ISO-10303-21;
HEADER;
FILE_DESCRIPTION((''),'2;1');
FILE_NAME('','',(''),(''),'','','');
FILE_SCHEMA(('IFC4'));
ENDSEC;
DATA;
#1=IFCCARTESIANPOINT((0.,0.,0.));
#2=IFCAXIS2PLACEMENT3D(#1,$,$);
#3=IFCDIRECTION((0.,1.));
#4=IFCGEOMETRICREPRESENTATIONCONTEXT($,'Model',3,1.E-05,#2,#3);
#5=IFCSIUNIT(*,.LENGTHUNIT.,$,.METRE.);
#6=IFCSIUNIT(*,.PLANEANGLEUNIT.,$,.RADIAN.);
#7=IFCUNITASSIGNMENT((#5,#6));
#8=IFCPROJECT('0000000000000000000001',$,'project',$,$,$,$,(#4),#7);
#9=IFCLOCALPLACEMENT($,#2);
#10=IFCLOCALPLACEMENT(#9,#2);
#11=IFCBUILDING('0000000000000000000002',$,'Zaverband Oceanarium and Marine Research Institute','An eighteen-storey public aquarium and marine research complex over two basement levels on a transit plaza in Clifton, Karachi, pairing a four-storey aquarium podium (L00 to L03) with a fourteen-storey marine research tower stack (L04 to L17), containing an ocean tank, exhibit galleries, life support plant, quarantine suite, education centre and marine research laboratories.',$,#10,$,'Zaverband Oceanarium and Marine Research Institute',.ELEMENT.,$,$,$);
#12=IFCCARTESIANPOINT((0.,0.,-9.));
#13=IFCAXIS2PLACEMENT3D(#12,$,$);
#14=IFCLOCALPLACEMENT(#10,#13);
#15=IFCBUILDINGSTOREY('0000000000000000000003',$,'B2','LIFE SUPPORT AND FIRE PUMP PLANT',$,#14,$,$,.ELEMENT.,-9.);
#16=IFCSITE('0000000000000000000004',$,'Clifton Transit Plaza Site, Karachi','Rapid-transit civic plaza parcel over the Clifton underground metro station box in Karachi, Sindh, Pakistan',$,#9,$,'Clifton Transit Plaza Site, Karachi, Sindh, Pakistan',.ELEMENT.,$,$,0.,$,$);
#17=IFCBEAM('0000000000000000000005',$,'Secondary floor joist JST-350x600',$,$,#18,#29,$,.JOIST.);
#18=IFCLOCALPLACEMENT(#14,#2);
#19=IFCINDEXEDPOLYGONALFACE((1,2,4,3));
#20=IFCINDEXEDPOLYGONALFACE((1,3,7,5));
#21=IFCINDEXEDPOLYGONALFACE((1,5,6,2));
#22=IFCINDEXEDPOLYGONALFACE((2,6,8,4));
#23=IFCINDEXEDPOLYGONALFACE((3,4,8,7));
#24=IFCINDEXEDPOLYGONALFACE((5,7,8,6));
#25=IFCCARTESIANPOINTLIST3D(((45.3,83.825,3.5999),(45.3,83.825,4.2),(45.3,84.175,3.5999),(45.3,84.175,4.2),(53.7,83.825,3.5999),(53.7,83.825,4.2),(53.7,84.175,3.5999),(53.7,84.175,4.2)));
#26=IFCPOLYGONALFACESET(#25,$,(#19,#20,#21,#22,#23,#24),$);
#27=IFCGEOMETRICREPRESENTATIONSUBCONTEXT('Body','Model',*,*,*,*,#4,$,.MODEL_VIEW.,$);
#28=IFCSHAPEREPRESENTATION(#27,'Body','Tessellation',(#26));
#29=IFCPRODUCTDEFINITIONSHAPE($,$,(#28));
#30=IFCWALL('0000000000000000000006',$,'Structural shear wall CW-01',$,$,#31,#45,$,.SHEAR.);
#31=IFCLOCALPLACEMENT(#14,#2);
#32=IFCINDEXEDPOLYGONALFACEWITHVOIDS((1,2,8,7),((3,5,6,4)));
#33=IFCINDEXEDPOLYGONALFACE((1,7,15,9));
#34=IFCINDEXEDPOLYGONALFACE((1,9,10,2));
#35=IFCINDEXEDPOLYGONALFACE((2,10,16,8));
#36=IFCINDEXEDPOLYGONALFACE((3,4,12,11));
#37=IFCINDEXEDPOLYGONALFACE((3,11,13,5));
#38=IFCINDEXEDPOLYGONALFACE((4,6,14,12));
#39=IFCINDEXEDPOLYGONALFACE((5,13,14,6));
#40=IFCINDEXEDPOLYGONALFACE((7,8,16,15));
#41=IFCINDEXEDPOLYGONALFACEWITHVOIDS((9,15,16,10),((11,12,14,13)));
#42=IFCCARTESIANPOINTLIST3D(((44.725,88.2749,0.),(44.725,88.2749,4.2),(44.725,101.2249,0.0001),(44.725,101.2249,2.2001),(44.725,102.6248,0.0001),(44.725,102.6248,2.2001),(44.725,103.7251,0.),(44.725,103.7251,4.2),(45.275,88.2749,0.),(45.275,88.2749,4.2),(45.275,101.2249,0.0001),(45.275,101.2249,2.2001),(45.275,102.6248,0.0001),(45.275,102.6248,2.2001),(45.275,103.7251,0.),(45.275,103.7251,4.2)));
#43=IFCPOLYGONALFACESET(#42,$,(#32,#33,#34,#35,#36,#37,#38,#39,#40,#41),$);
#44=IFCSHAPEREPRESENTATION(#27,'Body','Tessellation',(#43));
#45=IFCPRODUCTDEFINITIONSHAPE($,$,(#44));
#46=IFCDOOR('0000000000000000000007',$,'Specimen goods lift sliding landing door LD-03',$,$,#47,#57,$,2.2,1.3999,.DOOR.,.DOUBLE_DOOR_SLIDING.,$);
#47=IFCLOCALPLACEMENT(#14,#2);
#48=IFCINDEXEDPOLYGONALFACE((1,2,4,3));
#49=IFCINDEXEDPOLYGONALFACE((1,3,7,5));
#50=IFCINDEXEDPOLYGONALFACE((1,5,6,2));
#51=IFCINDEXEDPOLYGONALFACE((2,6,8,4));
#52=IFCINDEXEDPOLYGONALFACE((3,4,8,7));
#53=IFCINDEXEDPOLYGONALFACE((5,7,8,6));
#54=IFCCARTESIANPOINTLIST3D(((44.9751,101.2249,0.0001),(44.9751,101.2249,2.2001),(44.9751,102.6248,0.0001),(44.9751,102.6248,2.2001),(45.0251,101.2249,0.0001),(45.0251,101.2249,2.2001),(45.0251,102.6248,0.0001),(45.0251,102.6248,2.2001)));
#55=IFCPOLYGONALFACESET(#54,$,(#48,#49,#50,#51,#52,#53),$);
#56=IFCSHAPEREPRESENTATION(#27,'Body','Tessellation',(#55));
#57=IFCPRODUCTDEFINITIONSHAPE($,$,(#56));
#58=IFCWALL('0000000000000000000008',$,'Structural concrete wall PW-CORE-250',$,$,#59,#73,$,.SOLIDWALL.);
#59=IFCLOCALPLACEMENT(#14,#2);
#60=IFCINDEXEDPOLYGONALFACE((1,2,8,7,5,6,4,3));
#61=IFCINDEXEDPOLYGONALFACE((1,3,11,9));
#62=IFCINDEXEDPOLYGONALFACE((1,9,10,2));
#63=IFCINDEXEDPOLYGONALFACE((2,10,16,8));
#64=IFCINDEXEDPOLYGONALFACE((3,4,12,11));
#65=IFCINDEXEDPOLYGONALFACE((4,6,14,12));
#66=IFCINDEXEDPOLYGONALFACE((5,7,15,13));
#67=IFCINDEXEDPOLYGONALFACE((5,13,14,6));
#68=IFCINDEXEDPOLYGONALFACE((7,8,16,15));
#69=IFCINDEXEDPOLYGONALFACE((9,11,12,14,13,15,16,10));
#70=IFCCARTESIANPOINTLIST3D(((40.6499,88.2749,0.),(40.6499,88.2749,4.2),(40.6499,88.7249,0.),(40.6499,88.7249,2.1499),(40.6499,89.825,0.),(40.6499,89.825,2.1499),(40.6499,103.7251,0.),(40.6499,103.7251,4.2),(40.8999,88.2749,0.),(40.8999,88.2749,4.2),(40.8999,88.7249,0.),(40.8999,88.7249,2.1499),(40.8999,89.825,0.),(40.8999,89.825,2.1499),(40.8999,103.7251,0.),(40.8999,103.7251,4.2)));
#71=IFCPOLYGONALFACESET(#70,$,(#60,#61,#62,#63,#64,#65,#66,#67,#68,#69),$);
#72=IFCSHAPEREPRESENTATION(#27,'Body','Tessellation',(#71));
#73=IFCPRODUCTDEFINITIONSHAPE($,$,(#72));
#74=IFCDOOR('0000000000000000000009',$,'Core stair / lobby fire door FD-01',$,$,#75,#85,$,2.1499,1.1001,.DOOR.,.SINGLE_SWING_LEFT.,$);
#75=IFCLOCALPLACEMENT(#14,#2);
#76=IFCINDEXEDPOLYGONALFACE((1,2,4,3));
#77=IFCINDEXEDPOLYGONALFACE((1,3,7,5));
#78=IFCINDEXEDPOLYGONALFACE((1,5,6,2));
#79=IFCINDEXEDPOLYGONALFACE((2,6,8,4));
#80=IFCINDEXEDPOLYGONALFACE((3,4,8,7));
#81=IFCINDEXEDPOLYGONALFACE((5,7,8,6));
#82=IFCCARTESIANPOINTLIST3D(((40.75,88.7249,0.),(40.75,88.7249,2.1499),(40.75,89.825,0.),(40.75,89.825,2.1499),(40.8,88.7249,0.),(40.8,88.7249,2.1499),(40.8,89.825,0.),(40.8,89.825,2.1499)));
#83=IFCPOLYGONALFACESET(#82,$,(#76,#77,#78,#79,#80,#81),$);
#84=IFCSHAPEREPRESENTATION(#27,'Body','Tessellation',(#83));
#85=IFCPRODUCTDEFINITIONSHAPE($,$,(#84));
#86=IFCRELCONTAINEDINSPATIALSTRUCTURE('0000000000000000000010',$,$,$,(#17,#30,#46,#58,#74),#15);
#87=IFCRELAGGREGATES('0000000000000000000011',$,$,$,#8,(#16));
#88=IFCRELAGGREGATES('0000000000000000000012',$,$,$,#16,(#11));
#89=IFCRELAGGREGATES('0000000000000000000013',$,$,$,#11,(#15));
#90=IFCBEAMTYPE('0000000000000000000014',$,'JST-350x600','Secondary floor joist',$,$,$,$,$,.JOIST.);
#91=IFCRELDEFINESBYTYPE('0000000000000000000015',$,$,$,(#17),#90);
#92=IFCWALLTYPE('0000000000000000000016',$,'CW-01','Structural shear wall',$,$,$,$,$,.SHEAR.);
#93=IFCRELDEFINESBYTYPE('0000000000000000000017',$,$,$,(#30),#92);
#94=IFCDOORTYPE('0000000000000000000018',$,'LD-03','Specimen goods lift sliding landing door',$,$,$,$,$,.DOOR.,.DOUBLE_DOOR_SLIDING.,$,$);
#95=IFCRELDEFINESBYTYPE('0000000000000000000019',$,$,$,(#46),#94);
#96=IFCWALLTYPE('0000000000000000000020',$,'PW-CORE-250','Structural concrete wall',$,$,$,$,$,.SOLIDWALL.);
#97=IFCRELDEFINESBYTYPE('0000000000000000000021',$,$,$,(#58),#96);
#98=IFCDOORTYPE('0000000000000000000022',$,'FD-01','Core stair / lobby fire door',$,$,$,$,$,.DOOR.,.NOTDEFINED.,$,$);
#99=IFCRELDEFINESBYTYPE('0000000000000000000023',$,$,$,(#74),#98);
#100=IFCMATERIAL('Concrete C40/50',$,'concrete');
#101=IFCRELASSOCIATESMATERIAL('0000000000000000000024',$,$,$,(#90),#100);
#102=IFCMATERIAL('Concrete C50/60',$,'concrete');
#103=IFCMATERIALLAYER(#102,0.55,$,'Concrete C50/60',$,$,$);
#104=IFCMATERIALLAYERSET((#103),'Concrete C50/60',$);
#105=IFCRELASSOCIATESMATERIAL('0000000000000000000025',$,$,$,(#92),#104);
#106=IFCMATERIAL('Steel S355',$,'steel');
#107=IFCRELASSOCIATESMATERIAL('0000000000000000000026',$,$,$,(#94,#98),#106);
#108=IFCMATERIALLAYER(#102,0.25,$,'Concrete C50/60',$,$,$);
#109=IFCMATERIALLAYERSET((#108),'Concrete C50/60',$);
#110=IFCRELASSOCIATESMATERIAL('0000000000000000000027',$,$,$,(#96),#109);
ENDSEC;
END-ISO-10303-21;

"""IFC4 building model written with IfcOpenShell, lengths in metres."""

from ifc_helpers import new_model, si_unit, direction, frame, frame_2d, origin, origin_2d, place, context, subcontext, project, spatial, rectangle, extrude, material, layer, layer_set, material_profile, profile_set, type_object, element, fill, save


model = new_model("IFC4")

# Units and contexts
model_context = context("Model", 3, precision=1e-05, world=origin(), true_north=direction((0.0, 1.0)))
body_context = subcontext(model_context, "Body", "Model", "MODEL_VIEW")
ifc_project = project(units=[si_unit("LENGTHUNIT", "METRE"), si_unit("PLANEANGLEUNIT", "RADIAN")], contexts=[model_context])

# Site, building, storey
site_placement = place(None, origin())
site = spatial("IfcSite", under=ifc_project, at=site_placement, Name="Clifton Transit Plaza Site, Karachi", Description="Rapid-transit civic plaza parcel over the Clifton underground metro station box in Karachi, Sindh, Pakistan", LongName="Clifton Transit Plaza Site, Karachi, Sindh, Pakistan", CompositionType="ELEMENT", RefElevation=0.0)
building_placement = place(site_placement, origin())
building = spatial("IfcBuilding", under=site, at=building_placement, Name="Zaverband Oceanarium and Marine Research Institute", Description="An eighteen-storey public aquarium and marine research complex over two basement levels on a transit plaza in Clifton, Karachi, pairing a four-storey aquarium podium (L00 to L03) with a fourteen-storey marine research tower stack (L04 to L17), containing an ocean tank, exhibit galleries, life support plant, quarantine suite, education centre and marine research laboratories.", LongName="Zaverband Oceanarium and Marine Research Institute", CompositionType="ELEMENT")
storey_placement = place(building_placement, frame((0.0, 0.0, -9.0)))
storey = spatial("IfcBuildingStorey", under=building, at=storey_placement, Name="B2", Description="LIFE SUPPORT AND FIRE PUMP PLANT", CompositionType="ELEMENT", Elevation=-9.0)

# Shared definitions
ifc_material_1 = material(Name="Concrete C50/60", Category="concrete")

# Beam
ifc_material_2 = material(Name="Concrete C40/50", Category="concrete")
ifc_material_profile_1 = material_profile(ifc_material_2, rectangle(XDim=0.3501, YDim=0.6001, at=origin_2d()), Name="RC350x600")
ifc_profile_set_1 = profile_set([ifc_material_profile_1], Name="Concrete C40/50")
beam_type_1 = type_object("IfcBeamType", Name="JST-350x600", Description="Secondary floor joist", PredefinedType="JOIST", material=ifc_profile_set_1)
for number, where, z_axis, x_axis, name in (
    (1, (45.3, 84.0, 3.8999), (1.0, 0.0, 0.0), (0.0, 1.0, 0.0), "Secondary floor joist JST-350x600"),
):
    element("IfcBeam", number, at=place(storey_placement, frame(where, z_axis=z_axis, x_axis=x_axis)), inside=storey, type_object=beam_type_1, Name=name, PredefinedType="JOIST", context=body_context, shape_type="SweptSolid", body=[
        extrude(rectangle(XDim=0.3501, YDim=0.6001, at=origin_2d()), origin(), (0.0, 0.0, 1.0), 8.3999),
    ])

# Walls, openings, doors
ifc_layer_1 = layer(ifc_material_1, 0.55, Name="Concrete C50/60")
ifc_layer_set_1 = layer_set([ifc_layer_1], Name="Concrete C50/60")
wall_type_1 = type_object("IfcWallType", Name="CW-01", Description="Structural shear wall", PredefinedType="SHEAR", material=ifc_layer_set_1)
wall_1_placement = place(storey_placement, frame((45.0, 88.2749, 0.0), z_axis=(0.0, 0.0, 1.0), x_axis=(0.0, 1.0, 0.0)))
wall_1 = element("IfcWall", 2, at=wall_1_placement, inside=storey, type_object=wall_type_1, Name="Structural shear wall CW-01", PredefinedType="SHEAR", context=body_context, shape_type="SweptSolid", body=[
    extrude(rectangle(XDim=15.4502, YDim=0.55, at=frame_2d((7.7251, 0.0))), origin(), (0.0, 0.0, 1.0), 4.2),
])
opening_1_placement = place(wall_1_placement, frame((12.95, 0.0, 0.0)))
opening_1 = element("IfcOpeningElement", 3, at=opening_1_placement, cuts=wall_1, PredefinedType="OPENING", context=body_context, shape_type="SweptSolid", body=[
    extrude(rectangle(XDim=1.3999, YDim=2.2, at=frame_2d((0.7, 1.1001))), frame((0.0, 0.2871, 0.0), z_axis=(0.0, -1.0, 0.0), x_axis=(1.0, 0.0, 0.0)), (0.0, 0.0, 1.0), 0.574),
])
ifc_material_3 = material(Name="Steel S355", Category="steel")
door_type_1 = type_object("IfcDoorType", Name="LD-03", Description="Specimen goods lift sliding landing door", OperationType="DOUBLE_DOOR_SLIDING", PredefinedType="DOOR", material=ifc_material_3)
door_1_placement = place(opening_1_placement, origin())
door_1 = element("IfcDoor", 4, at=door_1_placement, inside=storey, type_object=door_type_1, Name="Specimen goods lift sliding landing door LD-03", OperationType="DOUBLE_DOOR_SLIDING", OverallHeight=2.2, OverallWidth=1.3999, PredefinedType="DOOR", context=body_context, shape_type="SweptSolid", body=[
    extrude(rectangle(XDim=1.3999, YDim=2.2, at=frame_2d((0.7, 1.1001))), frame((0.0, 0.0249, 0.0), z_axis=(0.0, -1.0, 0.0), x_axis=(1.0, 0.0, 0.0)), (0.0, 0.0, 1.0), 0.05),
])
fill(opening_1, door_1)
ifc_layer_2 = layer(ifc_material_1, 0.25, Name="Concrete C50/60")
ifc_layer_set_2 = layer_set([ifc_layer_2], Name="Concrete C50/60")
wall_type_2 = type_object("IfcWallType", Name="PW-CORE-250", Description="Structural concrete wall", PredefinedType="SOLIDWALL", material=ifc_layer_set_2)
wall_2_placement = place(storey_placement, frame((40.7749, 88.2749, 0.0), z_axis=(0.0, 0.0, 1.0), x_axis=(0.0, 1.0, 0.0)))
wall_2 = element("IfcWall", 5, at=wall_2_placement, inside=storey, type_object=wall_type_2, Name="Structural concrete wall PW-CORE-250", PredefinedType="SOLIDWALL", context=body_context, shape_type="SweptSolid", body=[
    extrude(rectangle(XDim=15.4502, YDim=0.25, at=frame_2d((7.7251, 0.0))), origin(), (0.0, 0.0, 1.0), 4.2),
])
opening_2_placement = place(wall_2_placement, frame((0.45, 0.0, 0.0)))
opening_2 = element("IfcOpeningElement", 6, at=opening_2_placement, cuts=wall_2, PredefinedType="OPENING", context=body_context, shape_type="SweptSolid", body=[
    extrude(rectangle(XDim=1.1001, YDim=2.1499, at=frame_2d((0.55, 1.075))), frame((0.0, 0.137, 0.0), z_axis=(0.0, -1.0, 0.0), x_axis=(1.0, 0.0, 0.0)), (0.0, 0.0, 1.0), 0.2739),
])
door_type_2 = type_object("IfcDoorType", Name="FD-01", Description="Core stair / lobby fire door", OperationType="NOTDEFINED", PredefinedType="DOOR", material=ifc_material_3)
door_2_placement = place(opening_2_placement, origin())
door_2 = element("IfcDoor", 7, at=door_2_placement, inside=storey, type_object=door_type_2, Name="Core stair / lobby fire door FD-01", OperationType="SINGLE_SWING_LEFT", OverallHeight=2.1499, OverallWidth=1.1001, PredefinedType="DOOR", context=body_context, shape_type="SweptSolid", body=[
    extrude(rectangle(XDim=1.1001, YDim=2.1499, at=frame_2d((0.55, 1.075))), frame((0.0, 0.0249, 0.0), z_axis=(0.0, -1.0, 0.0), x_axis=(1.0, 0.0, 0.0)), (0.0, 0.0, 1.0), 0.05),
])
fill(opening_2, door_2)

save(model, "model.ifc")
